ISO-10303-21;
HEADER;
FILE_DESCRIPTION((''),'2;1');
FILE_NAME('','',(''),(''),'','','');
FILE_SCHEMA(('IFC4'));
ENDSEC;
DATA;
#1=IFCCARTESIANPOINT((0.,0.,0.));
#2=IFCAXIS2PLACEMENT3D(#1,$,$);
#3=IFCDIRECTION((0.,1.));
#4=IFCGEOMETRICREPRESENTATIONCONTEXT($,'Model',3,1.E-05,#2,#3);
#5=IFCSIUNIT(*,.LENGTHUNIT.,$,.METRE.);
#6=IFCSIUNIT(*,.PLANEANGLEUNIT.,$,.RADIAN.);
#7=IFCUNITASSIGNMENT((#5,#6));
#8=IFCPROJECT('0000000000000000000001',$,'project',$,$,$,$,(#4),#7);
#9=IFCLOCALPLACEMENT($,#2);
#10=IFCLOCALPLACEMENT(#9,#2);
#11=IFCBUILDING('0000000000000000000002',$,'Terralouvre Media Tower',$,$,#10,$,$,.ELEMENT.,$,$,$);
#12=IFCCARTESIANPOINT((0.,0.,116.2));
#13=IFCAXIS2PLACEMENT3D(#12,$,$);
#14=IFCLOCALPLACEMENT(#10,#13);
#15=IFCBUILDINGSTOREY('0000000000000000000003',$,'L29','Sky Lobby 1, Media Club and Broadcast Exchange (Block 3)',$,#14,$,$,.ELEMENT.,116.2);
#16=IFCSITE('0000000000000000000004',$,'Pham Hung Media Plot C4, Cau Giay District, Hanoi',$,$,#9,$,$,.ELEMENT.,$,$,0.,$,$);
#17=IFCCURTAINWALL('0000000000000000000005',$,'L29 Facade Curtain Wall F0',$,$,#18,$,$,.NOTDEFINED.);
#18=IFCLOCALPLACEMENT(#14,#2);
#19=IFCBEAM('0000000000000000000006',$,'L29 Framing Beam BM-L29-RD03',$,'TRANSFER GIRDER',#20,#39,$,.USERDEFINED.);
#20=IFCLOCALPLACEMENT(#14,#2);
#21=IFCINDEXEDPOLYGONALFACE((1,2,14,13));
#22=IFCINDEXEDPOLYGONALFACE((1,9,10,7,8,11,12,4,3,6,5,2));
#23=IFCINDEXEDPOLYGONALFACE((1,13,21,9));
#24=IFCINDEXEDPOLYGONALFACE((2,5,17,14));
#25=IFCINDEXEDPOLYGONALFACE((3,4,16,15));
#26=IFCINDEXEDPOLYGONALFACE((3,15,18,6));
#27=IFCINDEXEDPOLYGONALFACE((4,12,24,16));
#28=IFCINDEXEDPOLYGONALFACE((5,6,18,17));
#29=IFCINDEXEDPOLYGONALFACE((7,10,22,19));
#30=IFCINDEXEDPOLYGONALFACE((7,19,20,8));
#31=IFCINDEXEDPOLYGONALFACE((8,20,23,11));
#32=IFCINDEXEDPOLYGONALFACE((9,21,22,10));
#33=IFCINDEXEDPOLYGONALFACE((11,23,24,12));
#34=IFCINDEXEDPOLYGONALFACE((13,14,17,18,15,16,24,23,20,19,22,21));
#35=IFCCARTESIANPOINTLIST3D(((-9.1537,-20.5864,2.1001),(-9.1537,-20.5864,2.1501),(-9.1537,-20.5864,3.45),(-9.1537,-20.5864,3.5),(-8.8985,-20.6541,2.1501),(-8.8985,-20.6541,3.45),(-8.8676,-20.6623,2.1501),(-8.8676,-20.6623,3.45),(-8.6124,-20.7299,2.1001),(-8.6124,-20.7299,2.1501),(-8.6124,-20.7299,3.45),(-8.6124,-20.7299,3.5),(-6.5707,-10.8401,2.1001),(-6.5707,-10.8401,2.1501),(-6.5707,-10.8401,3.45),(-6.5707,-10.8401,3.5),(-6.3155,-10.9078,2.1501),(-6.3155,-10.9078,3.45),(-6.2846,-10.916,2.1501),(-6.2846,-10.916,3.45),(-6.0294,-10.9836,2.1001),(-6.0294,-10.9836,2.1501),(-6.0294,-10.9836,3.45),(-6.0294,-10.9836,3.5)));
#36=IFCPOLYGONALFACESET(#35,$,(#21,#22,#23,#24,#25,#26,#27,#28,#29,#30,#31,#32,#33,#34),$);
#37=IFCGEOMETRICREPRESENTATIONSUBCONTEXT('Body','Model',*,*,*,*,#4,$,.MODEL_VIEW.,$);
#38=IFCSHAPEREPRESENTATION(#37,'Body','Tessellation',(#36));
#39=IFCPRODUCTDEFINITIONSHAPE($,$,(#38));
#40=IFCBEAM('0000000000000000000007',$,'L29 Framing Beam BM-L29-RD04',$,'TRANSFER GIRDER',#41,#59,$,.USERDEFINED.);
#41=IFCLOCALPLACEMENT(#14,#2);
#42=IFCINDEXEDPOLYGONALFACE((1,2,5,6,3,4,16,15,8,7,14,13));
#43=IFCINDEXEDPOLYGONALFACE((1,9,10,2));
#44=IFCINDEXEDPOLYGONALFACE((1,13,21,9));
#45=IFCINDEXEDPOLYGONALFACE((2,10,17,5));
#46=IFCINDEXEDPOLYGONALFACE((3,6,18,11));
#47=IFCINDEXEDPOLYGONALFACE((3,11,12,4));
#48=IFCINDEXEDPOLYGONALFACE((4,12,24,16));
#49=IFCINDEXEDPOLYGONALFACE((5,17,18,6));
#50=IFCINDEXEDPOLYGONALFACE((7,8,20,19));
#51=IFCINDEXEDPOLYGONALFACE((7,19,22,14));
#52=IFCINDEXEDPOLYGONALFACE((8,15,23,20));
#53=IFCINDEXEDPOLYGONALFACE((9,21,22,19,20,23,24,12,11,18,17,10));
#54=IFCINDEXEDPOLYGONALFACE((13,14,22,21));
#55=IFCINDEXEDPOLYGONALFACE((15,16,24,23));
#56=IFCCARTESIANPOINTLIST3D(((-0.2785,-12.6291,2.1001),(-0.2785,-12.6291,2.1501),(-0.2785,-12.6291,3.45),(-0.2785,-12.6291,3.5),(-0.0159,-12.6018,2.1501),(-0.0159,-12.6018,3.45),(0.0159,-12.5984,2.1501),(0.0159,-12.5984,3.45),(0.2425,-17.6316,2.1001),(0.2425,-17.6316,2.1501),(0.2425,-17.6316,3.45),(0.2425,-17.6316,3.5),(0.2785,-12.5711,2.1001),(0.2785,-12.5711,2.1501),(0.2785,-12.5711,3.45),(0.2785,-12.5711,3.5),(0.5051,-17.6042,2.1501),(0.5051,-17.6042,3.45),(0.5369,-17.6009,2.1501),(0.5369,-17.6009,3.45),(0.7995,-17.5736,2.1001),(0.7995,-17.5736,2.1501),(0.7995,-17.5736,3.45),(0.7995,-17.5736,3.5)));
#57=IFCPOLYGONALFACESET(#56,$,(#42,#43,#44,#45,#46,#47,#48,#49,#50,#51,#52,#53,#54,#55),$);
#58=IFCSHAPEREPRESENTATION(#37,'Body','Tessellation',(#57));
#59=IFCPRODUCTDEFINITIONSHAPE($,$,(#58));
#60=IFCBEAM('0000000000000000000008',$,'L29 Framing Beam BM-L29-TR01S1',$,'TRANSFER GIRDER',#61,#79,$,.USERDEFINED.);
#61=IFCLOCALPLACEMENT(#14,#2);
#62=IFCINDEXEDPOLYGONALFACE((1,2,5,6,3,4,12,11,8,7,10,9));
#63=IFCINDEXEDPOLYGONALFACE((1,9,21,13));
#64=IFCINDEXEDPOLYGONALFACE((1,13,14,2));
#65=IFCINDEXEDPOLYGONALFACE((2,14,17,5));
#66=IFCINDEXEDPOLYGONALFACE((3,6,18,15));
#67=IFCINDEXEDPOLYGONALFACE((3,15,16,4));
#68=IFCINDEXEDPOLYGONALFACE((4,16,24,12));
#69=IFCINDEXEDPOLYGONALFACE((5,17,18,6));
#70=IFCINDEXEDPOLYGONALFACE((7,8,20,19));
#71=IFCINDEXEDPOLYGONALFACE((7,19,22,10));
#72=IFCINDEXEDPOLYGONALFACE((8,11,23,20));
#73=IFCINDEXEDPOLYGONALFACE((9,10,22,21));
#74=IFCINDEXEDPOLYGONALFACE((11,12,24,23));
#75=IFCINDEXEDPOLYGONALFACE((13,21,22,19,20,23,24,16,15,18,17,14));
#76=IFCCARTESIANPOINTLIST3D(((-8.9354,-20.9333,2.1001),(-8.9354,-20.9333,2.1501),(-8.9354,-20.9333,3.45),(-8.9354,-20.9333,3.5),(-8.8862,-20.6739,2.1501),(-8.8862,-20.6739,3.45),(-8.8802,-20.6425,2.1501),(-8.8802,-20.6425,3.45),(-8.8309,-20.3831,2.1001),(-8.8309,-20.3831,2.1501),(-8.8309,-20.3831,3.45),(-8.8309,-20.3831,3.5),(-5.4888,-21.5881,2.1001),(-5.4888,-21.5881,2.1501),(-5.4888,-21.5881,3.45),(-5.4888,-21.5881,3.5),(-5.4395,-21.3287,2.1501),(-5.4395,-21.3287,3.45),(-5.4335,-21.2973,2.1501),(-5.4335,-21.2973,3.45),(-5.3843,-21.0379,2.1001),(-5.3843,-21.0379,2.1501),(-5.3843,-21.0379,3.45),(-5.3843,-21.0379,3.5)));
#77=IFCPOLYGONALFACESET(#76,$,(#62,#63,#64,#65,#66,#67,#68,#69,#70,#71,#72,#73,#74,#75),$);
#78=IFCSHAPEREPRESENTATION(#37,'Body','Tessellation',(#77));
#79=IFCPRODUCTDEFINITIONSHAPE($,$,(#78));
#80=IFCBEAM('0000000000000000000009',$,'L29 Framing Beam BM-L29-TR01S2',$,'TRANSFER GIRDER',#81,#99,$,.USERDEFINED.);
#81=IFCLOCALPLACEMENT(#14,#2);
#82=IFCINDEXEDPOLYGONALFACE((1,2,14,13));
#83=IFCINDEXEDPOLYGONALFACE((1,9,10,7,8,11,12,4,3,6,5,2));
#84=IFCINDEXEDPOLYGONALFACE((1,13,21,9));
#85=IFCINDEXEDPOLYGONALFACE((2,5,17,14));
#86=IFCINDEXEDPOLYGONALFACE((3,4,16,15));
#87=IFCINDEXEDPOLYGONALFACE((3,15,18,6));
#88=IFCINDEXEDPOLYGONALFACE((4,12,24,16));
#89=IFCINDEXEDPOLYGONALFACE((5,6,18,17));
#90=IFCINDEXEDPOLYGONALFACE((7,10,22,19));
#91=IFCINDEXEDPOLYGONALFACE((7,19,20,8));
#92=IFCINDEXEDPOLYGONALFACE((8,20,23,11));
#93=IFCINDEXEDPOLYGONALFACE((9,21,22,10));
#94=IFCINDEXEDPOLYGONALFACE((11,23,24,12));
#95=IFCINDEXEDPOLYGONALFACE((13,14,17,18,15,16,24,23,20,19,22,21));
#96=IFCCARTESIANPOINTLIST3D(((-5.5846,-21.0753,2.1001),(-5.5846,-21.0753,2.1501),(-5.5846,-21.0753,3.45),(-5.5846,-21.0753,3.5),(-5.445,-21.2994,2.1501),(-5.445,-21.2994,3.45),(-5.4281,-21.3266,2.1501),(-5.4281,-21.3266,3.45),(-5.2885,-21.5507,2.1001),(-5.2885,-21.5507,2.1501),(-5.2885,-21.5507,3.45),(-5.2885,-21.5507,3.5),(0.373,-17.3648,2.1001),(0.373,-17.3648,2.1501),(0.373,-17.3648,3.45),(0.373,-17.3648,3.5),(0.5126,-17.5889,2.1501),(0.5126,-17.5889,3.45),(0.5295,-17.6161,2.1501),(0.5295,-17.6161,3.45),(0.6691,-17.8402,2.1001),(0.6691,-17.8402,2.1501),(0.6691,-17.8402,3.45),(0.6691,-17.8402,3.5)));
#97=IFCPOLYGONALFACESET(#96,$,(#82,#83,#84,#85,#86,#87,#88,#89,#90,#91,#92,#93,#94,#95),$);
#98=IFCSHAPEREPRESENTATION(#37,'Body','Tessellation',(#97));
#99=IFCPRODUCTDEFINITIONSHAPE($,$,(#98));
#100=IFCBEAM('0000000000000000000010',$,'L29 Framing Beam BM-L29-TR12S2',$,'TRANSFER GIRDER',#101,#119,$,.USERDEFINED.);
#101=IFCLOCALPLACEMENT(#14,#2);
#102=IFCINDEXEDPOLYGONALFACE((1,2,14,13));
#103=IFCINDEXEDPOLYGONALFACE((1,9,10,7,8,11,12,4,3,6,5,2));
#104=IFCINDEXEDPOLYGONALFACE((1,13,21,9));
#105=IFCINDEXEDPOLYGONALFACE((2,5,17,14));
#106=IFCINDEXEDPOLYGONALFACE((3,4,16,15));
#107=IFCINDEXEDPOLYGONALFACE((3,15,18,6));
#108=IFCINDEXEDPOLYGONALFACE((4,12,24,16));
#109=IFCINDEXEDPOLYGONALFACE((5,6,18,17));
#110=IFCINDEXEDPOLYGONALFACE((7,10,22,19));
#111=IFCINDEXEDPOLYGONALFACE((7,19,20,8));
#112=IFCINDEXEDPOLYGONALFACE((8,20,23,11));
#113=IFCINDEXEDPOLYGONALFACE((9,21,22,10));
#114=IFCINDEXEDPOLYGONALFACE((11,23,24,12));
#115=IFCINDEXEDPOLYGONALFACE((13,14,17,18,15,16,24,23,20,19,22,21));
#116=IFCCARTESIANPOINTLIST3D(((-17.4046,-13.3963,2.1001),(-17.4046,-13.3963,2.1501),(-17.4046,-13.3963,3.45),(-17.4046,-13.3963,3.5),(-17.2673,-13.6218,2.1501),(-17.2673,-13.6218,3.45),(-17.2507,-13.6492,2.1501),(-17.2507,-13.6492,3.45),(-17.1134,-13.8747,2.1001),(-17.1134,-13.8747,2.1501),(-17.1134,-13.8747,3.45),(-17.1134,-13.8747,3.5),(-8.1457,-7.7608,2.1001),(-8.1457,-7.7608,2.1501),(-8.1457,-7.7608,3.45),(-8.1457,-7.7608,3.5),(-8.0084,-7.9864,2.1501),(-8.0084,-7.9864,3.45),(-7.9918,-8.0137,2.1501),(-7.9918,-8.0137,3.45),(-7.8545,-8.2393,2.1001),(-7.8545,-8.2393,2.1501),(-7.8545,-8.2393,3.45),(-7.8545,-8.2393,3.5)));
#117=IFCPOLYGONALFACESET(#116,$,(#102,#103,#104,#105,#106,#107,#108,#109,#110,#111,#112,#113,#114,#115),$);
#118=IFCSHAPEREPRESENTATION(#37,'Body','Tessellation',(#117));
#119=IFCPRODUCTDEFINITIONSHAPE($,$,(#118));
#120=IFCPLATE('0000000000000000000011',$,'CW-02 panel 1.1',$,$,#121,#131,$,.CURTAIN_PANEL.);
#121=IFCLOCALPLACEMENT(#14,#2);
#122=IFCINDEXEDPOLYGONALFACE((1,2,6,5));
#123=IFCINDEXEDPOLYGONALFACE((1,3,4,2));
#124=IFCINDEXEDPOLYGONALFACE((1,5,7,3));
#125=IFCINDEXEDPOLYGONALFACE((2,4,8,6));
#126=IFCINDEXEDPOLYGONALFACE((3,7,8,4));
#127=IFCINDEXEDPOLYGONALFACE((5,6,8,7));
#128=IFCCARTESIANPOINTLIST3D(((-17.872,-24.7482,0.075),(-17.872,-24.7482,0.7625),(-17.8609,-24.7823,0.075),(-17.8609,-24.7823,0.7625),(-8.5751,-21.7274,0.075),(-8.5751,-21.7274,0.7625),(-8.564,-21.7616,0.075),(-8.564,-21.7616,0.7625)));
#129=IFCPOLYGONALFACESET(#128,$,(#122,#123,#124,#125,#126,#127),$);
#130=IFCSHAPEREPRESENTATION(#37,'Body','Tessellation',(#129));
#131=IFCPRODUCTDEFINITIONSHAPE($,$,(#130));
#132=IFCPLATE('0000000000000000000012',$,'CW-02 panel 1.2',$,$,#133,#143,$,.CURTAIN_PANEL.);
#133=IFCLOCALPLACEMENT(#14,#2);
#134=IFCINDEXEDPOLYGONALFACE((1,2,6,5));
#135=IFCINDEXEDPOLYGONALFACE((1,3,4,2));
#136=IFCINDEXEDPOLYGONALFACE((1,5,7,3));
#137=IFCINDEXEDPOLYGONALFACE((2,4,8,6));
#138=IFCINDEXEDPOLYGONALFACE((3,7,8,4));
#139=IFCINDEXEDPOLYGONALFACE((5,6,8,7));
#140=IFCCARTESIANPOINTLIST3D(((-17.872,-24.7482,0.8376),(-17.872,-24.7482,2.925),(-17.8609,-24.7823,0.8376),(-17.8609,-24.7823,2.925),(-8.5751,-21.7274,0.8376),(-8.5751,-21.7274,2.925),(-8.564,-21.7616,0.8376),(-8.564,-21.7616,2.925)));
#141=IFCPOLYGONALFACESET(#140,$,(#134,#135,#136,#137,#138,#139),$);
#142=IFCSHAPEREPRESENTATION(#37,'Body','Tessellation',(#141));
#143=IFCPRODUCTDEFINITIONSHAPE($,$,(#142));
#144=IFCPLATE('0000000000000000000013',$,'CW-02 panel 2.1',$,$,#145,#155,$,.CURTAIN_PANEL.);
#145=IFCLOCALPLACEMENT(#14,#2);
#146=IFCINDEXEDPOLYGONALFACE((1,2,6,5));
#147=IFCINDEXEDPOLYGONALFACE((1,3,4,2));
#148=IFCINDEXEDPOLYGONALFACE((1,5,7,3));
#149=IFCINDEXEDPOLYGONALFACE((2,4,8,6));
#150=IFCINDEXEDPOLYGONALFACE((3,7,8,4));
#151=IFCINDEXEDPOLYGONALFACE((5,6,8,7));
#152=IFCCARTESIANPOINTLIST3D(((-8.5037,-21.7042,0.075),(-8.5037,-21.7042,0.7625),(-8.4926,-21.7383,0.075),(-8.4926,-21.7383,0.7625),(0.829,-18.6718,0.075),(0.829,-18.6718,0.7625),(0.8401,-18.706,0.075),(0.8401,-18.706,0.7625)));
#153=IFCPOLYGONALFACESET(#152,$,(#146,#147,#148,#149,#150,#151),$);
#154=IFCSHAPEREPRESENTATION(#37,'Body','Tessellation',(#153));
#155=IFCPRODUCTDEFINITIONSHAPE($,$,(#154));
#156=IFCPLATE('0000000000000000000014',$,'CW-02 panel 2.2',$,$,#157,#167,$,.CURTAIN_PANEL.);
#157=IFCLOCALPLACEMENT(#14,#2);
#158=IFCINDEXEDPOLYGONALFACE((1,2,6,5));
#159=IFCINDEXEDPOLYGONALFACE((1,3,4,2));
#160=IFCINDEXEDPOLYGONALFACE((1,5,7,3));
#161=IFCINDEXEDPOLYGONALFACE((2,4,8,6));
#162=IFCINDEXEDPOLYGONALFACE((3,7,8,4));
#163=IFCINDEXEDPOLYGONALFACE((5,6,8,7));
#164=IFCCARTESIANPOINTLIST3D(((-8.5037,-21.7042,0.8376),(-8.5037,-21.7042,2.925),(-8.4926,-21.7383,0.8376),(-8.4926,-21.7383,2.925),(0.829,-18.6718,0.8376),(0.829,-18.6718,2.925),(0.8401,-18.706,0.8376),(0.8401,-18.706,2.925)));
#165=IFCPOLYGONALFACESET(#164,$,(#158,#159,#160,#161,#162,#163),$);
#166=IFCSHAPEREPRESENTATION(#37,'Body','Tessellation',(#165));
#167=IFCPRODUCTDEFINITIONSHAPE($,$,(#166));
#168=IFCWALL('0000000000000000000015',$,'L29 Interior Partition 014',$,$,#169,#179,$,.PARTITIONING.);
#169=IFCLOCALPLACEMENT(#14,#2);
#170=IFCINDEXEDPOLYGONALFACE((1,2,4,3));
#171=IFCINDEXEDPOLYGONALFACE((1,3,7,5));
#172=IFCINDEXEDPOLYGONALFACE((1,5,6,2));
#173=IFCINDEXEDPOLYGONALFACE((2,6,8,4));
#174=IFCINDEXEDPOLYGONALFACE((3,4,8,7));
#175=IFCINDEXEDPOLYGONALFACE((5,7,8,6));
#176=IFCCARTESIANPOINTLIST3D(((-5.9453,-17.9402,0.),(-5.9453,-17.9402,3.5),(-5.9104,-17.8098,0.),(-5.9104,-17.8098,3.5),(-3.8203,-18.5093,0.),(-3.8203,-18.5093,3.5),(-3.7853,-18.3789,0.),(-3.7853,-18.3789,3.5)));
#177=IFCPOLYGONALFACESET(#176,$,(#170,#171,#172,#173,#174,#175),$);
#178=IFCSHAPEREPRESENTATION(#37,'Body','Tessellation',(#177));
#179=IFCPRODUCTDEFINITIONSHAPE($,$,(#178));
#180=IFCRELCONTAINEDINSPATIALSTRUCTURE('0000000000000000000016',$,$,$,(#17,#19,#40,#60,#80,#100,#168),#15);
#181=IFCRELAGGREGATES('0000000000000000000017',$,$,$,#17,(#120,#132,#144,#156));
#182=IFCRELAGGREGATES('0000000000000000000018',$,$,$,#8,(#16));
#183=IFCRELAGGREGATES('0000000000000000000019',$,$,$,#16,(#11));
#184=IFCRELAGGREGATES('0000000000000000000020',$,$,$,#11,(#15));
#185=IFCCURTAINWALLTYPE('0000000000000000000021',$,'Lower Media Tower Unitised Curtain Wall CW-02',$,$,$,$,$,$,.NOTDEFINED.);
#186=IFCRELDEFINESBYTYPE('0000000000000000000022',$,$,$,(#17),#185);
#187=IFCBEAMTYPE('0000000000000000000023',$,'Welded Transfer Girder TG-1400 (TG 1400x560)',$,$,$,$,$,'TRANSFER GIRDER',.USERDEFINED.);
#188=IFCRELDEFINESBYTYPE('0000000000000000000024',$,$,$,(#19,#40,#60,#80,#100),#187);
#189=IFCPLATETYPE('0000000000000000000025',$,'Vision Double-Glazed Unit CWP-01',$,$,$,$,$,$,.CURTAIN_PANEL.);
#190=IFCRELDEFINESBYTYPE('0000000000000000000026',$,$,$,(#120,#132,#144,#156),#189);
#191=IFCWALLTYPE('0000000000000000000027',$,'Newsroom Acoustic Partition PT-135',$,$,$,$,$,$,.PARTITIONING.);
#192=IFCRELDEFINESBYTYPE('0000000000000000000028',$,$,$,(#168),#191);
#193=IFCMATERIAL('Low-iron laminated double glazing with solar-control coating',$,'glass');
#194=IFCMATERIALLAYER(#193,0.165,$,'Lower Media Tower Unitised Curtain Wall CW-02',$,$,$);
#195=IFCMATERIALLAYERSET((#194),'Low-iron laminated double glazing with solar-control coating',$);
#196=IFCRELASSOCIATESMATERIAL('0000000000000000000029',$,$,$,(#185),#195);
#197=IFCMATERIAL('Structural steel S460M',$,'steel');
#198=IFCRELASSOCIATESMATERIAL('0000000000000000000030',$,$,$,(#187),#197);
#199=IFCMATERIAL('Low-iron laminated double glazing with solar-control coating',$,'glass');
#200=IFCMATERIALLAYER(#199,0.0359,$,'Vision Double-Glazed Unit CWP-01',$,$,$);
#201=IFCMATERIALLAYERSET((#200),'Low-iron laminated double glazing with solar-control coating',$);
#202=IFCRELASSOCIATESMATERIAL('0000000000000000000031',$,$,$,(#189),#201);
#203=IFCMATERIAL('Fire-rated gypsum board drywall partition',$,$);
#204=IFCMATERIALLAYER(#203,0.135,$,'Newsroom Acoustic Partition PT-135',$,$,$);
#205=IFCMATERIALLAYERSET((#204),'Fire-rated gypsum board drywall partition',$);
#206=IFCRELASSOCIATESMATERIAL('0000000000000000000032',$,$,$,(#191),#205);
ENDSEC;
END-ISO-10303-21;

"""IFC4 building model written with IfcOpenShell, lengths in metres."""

from ifc_helpers import new_model, si_unit, direction, frame, frame_2d, origin, origin_2d, place, context, subcontext, project, spatial, rectangle, i_section, extrude, material, layer, layer_set, material_profile, profile_set, type_object, element, aggregate, save


model = new_model("IFC4")

# Units and contexts
model_context = context("Model", 3, precision=1e-05, world=origin(), true_north=direction((0.0, 1.0)))
body_context = subcontext(model_context, "Body", "Model", "MODEL_VIEW")
ifc_project = project(units=[si_unit("LENGTHUNIT", "METRE"), si_unit("PLANEANGLEUNIT", "RADIAN")], contexts=[model_context])

# Site, building, storey
site_placement = place(None, origin())
site = spatial("IfcSite", under=ifc_project, at=site_placement, Name="Pham Hung Media Plot C4, Cau Giay District, Hanoi", CompositionType="ELEMENT", RefElevation=0.0)
building_placement = place(site_placement, origin())
building = spatial("IfcBuilding", under=site, at=building_placement, Name="Terralouvre Media Tower", CompositionType="ELEMENT")
storey_placement = place(building_placement, frame((0.0, 0.0, 116.2)))
storey = spatial("IfcBuildingStorey", under=building, at=storey_placement, Name="L29", Description="Sky Lobby 1, Media Club and Broadcast Exchange (Block 3)", CompositionType="ELEMENT", Elevation=116.2)

# Curtain wall
ifc_material_1 = material(Name="Low-iron laminated double glazing with solar-control coating", Category="glass")
ifc_layer_1 = layer(ifc_material_1, 0.165, Name="Lower Media Tower Unitised Curtain Wall CW-02")
ifc_layer_set_1 = layer_set([ifc_layer_1], Name="Low-iron laminated double glazing with solar-control coating")
curtain_wall_type = type_object("IfcCurtainWallType", Name="Lower Media Tower Unitised Curtain Wall CW-02", PredefinedType="NOTDEFINED", material=ifc_layer_set_1)
curtain_wall_placement = place(storey_placement, origin())
curtain_wall = element("IfcCurtainWall", 1, at=curtain_wall_placement, inside=storey, type_object=curtain_wall_type, Name="L29 Facade Curtain Wall F0", PredefinedType="NOTDEFINED")

# Beams
ifc_material_2 = material(Name="Structural steel S460M", Category="steel")
ifc_material_profile_1 = material_profile(ifc_material_2, i_section(OverallWidth=0.5601, OverallDepth=1.3999, WebThickness=0.032, FlangeThickness=0.05, at=origin_2d()), Name="TG 1400x560")
ifc_profile_set_1 = profile_set([ifc_material_profile_1], Name="Structural steel S460M")
beam_type_1 = type_object("IfcBeamType", Name="Welded Transfer Girder TG-1400 (TG 1400x560)", ElementType="TRANSFER GIRDER", PredefinedType="USERDEFINED", material=ifc_profile_set_1)
beam_1_placement = place(storey_placement, frame((-6.3, -10.9119, 2.8), z_axis=(-0.256179, -0.966629, 0.0), x_axis=(0.966629, -0.256179, 0.0)))
element("IfcBeam", 2, at=beam_1_placement, inside=storey, type_object=beam_type_1, Name="L29 Framing Beam BM-L29-RD03", ObjectType="TRANSFER GIRDER", PredefinedType="USERDEFINED", context=body_context, shape_type="SweptSolid", body=[
    extrude(i_section(OverallWidth=0.5601, OverallDepth=1.3999, WebThickness=0.032, FlangeThickness=0.05, at=origin_2d()), origin(), (0.0, 0.0, 1.0), 10.0828),
])
beam_2_placement = place(storey_placement, frame((0.0, -12.6001, 2.8), z_axis=(0.103588, -0.99462, 0.0), x_axis=(0.99462, 0.103588, 0.0)))
element("IfcBeam", 3, at=beam_2_placement, inside=storey, type_object=beam_type_1, Name="L29 Framing Beam BM-L29-RD04", ObjectType="TRANSFER GIRDER", PredefinedType="USERDEFINED", context=body_context, shape_type="SweptSolid", body=[
    extrude(i_section(OverallWidth=0.5601, OverallDepth=1.3999, WebThickness=0.032, FlangeThickness=0.05, at=origin_2d()), origin(), (0.0, 0.0, 1.0), 5.0295),
])
beam_3_placement = place(storey_placement, frame((-5.4365, -21.313, 2.8), z_axis=(-0.982427, 0.186645, 0.0), x_axis=(-0.186645, -0.982427, 0.0)))
element("IfcBeam", 4, at=beam_3_placement, inside=storey, type_object=beam_type_1, Name="L29 Framing Beam BM-L29-TR01S1", ObjectType="TRANSFER GIRDER", PredefinedType="USERDEFINED", context=body_context, shape_type="SweptSolid", body=[
    extrude(i_section(OverallWidth=0.5601, OverallDepth=1.3999, WebThickness=0.032, FlangeThickness=0.05, at=origin_2d()), origin(), (0.0, 0.0, 1.0), 3.5083),
])
beam_4_placement = place(storey_placement, frame((-5.4365, -21.313, 2.8), z_axis=(0.84883, 0.528666, 0.0), x_axis=(-0.528666, 0.84883, 0.0)))
element("IfcBeam", 5, at=beam_4_placement, inside=storey, type_object=beam_type_1, Name="L29 Framing Beam BM-L29-TR01S2", ObjectType="TRANSFER GIRDER", PredefinedType="USERDEFINED", context=body_context, shape_type="SweptSolid", body=[
    extrude(i_section(OverallWidth=0.5601, OverallDepth=1.3999, WebThickness=0.032, FlangeThickness=0.05, at=origin_2d()), origin(), (0.0, 0.0, 1.0), 7.0186),
])
beam_5_placement = place(storey_placement, frame((-17.259, -13.6355, 2.8), z_axis=(0.854216, 0.519918, 0.0), x_axis=(-0.519918, 0.854216, 0.0)))
element("IfcBeam", 6, at=beam_5_placement, inside=storey, type_object=beam_type_1, Name="L29 Framing Beam BM-L29-TR12S2", ObjectType="TRANSFER GIRDER", PredefinedType="USERDEFINED", context=body_context, shape_type="SweptSolid", body=[
    extrude(i_section(OverallWidth=0.5601, OverallDepth=1.3999, WebThickness=0.032, FlangeThickness=0.05, at=origin_2d()), origin(), (0.0, 0.0, 1.0), 10.8391),
])

# Plates
ifc_material_3 = material(Name="Low-iron laminated double glazing with solar-control coating", Category="glass")
ifc_layer_2 = layer(ifc_material_3, 0.0359, Name="Vision Double-Glazed Unit CWP-01")
ifc_layer_set_2 = layer_set([ifc_layer_2], Name="Low-iron laminated double glazing with solar-control coating")
plate_type = type_object("IfcPlateType", Name="Vision Double-Glazed Unit CWP-01", PredefinedType="CURTAIN_PANEL", material=ifc_layer_set_2)
plate_1_placement = place(storey_placement, frame((-13.218, -23.2549, 0.075), z_axis=(0.0, 0.0, 1.0), x_axis=(0.951057, 0.309017, 0.0)))
plate_1 = element("IfcPlate", 7, at=plate_1_placement, type_object=plate_type, Name="CW-02 panel 1.1", PredefinedType="CURTAIN_PANEL", context=body_context, shape_type="SweptSolid", body=[
    extrude(rectangle(XDim=9.7754, YDim=0.0359, at=origin_2d()), origin(), (0.0, 0.0, 1.0), 0.6875),
])
plate_2_placement = place(storey_placement, frame((-13.218, -23.2549, 0.8376), z_axis=(0.0, 0.0, 1.0), x_axis=(0.951057, 0.309017, 0.0)))
plate_2 = element("IfcPlate", 8, at=plate_2_placement, type_object=plate_type, Name="CW-02 panel 1.2", PredefinedType="CURTAIN_PANEL", context=body_context, shape_type="SweptSolid", body=[
    extrude(rectangle(XDim=9.7754, YDim=0.0359, at=origin_2d()), origin(), (0.0, 0.0, 1.0), 2.0874),
])
plate_3_placement = place(storey_placement, frame((-3.8318, -20.2051, 0.075), z_axis=(0.0, 0.0, 1.0), x_axis=(0.951057, 0.309017, 0.0)))
plate_3 = element("IfcPlate", 9, at=plate_3_placement, type_object=plate_type, Name="CW-02 panel 2.1", PredefinedType="CURTAIN_PANEL", context=body_context, shape_type="SweptSolid", body=[
    extrude(rectangle(XDim=9.813, YDim=0.0359, at=origin_2d()), origin(), (0.0, 0.0, 1.0), 0.6875),
])
plate_4_placement = place(storey_placement, frame((-3.8318, -20.2051, 0.8376), z_axis=(0.0, 0.0, 1.0), x_axis=(0.951057, 0.309017, 0.0)))
plate_4 = element("IfcPlate", 10, at=plate_4_placement, type_object=plate_type, Name="CW-02 panel 2.2", PredefinedType="CURTAIN_PANEL", context=body_context, shape_type="SweptSolid", body=[
    extrude(rectangle(XDim=9.813, YDim=0.0359, at=origin_2d()), origin(), (0.0, 0.0, 1.0), 2.0874),
])
aggregate(curtain_wall, [plate_1, plate_2, plate_3, plate_4])

# Wall
ifc_material_4 = material(Name="Fire-rated gypsum board drywall partition")
ifc_layer_3 = layer(ifc_material_4, 0.135, Name="Newsroom Acoustic Partition PT-135")
ifc_layer_set_3 = layer_set([ifc_layer_3], Name="Fire-rated gypsum board drywall partition")
wall_type = type_object("IfcWallType", Name="Newsroom Acoustic Partition PT-135", PredefinedType="PARTITIONING", material=ifc_layer_set_3)
wall_1_placement = place(storey_placement, frame((-5.928, -17.875, 0.0), z_axis=(0.0, 0.0, 1.0), x_axis=(0.96596, -0.258692, 0.0)))
element("IfcWall", 11, at=wall_1_placement, inside=storey, type_object=wall_type, Name="L29 Interior Partition 014", PredefinedType="PARTITIONING", context=body_context, shape_type="SweptSolid", body=[
    extrude(rectangle(XDim=2.2, YDim=0.135, at=frame_2d((1.1001, 0.0))), origin(), (0.0, 0.0, 1.0), 3.5),
])

save(model, "model.ifc")
